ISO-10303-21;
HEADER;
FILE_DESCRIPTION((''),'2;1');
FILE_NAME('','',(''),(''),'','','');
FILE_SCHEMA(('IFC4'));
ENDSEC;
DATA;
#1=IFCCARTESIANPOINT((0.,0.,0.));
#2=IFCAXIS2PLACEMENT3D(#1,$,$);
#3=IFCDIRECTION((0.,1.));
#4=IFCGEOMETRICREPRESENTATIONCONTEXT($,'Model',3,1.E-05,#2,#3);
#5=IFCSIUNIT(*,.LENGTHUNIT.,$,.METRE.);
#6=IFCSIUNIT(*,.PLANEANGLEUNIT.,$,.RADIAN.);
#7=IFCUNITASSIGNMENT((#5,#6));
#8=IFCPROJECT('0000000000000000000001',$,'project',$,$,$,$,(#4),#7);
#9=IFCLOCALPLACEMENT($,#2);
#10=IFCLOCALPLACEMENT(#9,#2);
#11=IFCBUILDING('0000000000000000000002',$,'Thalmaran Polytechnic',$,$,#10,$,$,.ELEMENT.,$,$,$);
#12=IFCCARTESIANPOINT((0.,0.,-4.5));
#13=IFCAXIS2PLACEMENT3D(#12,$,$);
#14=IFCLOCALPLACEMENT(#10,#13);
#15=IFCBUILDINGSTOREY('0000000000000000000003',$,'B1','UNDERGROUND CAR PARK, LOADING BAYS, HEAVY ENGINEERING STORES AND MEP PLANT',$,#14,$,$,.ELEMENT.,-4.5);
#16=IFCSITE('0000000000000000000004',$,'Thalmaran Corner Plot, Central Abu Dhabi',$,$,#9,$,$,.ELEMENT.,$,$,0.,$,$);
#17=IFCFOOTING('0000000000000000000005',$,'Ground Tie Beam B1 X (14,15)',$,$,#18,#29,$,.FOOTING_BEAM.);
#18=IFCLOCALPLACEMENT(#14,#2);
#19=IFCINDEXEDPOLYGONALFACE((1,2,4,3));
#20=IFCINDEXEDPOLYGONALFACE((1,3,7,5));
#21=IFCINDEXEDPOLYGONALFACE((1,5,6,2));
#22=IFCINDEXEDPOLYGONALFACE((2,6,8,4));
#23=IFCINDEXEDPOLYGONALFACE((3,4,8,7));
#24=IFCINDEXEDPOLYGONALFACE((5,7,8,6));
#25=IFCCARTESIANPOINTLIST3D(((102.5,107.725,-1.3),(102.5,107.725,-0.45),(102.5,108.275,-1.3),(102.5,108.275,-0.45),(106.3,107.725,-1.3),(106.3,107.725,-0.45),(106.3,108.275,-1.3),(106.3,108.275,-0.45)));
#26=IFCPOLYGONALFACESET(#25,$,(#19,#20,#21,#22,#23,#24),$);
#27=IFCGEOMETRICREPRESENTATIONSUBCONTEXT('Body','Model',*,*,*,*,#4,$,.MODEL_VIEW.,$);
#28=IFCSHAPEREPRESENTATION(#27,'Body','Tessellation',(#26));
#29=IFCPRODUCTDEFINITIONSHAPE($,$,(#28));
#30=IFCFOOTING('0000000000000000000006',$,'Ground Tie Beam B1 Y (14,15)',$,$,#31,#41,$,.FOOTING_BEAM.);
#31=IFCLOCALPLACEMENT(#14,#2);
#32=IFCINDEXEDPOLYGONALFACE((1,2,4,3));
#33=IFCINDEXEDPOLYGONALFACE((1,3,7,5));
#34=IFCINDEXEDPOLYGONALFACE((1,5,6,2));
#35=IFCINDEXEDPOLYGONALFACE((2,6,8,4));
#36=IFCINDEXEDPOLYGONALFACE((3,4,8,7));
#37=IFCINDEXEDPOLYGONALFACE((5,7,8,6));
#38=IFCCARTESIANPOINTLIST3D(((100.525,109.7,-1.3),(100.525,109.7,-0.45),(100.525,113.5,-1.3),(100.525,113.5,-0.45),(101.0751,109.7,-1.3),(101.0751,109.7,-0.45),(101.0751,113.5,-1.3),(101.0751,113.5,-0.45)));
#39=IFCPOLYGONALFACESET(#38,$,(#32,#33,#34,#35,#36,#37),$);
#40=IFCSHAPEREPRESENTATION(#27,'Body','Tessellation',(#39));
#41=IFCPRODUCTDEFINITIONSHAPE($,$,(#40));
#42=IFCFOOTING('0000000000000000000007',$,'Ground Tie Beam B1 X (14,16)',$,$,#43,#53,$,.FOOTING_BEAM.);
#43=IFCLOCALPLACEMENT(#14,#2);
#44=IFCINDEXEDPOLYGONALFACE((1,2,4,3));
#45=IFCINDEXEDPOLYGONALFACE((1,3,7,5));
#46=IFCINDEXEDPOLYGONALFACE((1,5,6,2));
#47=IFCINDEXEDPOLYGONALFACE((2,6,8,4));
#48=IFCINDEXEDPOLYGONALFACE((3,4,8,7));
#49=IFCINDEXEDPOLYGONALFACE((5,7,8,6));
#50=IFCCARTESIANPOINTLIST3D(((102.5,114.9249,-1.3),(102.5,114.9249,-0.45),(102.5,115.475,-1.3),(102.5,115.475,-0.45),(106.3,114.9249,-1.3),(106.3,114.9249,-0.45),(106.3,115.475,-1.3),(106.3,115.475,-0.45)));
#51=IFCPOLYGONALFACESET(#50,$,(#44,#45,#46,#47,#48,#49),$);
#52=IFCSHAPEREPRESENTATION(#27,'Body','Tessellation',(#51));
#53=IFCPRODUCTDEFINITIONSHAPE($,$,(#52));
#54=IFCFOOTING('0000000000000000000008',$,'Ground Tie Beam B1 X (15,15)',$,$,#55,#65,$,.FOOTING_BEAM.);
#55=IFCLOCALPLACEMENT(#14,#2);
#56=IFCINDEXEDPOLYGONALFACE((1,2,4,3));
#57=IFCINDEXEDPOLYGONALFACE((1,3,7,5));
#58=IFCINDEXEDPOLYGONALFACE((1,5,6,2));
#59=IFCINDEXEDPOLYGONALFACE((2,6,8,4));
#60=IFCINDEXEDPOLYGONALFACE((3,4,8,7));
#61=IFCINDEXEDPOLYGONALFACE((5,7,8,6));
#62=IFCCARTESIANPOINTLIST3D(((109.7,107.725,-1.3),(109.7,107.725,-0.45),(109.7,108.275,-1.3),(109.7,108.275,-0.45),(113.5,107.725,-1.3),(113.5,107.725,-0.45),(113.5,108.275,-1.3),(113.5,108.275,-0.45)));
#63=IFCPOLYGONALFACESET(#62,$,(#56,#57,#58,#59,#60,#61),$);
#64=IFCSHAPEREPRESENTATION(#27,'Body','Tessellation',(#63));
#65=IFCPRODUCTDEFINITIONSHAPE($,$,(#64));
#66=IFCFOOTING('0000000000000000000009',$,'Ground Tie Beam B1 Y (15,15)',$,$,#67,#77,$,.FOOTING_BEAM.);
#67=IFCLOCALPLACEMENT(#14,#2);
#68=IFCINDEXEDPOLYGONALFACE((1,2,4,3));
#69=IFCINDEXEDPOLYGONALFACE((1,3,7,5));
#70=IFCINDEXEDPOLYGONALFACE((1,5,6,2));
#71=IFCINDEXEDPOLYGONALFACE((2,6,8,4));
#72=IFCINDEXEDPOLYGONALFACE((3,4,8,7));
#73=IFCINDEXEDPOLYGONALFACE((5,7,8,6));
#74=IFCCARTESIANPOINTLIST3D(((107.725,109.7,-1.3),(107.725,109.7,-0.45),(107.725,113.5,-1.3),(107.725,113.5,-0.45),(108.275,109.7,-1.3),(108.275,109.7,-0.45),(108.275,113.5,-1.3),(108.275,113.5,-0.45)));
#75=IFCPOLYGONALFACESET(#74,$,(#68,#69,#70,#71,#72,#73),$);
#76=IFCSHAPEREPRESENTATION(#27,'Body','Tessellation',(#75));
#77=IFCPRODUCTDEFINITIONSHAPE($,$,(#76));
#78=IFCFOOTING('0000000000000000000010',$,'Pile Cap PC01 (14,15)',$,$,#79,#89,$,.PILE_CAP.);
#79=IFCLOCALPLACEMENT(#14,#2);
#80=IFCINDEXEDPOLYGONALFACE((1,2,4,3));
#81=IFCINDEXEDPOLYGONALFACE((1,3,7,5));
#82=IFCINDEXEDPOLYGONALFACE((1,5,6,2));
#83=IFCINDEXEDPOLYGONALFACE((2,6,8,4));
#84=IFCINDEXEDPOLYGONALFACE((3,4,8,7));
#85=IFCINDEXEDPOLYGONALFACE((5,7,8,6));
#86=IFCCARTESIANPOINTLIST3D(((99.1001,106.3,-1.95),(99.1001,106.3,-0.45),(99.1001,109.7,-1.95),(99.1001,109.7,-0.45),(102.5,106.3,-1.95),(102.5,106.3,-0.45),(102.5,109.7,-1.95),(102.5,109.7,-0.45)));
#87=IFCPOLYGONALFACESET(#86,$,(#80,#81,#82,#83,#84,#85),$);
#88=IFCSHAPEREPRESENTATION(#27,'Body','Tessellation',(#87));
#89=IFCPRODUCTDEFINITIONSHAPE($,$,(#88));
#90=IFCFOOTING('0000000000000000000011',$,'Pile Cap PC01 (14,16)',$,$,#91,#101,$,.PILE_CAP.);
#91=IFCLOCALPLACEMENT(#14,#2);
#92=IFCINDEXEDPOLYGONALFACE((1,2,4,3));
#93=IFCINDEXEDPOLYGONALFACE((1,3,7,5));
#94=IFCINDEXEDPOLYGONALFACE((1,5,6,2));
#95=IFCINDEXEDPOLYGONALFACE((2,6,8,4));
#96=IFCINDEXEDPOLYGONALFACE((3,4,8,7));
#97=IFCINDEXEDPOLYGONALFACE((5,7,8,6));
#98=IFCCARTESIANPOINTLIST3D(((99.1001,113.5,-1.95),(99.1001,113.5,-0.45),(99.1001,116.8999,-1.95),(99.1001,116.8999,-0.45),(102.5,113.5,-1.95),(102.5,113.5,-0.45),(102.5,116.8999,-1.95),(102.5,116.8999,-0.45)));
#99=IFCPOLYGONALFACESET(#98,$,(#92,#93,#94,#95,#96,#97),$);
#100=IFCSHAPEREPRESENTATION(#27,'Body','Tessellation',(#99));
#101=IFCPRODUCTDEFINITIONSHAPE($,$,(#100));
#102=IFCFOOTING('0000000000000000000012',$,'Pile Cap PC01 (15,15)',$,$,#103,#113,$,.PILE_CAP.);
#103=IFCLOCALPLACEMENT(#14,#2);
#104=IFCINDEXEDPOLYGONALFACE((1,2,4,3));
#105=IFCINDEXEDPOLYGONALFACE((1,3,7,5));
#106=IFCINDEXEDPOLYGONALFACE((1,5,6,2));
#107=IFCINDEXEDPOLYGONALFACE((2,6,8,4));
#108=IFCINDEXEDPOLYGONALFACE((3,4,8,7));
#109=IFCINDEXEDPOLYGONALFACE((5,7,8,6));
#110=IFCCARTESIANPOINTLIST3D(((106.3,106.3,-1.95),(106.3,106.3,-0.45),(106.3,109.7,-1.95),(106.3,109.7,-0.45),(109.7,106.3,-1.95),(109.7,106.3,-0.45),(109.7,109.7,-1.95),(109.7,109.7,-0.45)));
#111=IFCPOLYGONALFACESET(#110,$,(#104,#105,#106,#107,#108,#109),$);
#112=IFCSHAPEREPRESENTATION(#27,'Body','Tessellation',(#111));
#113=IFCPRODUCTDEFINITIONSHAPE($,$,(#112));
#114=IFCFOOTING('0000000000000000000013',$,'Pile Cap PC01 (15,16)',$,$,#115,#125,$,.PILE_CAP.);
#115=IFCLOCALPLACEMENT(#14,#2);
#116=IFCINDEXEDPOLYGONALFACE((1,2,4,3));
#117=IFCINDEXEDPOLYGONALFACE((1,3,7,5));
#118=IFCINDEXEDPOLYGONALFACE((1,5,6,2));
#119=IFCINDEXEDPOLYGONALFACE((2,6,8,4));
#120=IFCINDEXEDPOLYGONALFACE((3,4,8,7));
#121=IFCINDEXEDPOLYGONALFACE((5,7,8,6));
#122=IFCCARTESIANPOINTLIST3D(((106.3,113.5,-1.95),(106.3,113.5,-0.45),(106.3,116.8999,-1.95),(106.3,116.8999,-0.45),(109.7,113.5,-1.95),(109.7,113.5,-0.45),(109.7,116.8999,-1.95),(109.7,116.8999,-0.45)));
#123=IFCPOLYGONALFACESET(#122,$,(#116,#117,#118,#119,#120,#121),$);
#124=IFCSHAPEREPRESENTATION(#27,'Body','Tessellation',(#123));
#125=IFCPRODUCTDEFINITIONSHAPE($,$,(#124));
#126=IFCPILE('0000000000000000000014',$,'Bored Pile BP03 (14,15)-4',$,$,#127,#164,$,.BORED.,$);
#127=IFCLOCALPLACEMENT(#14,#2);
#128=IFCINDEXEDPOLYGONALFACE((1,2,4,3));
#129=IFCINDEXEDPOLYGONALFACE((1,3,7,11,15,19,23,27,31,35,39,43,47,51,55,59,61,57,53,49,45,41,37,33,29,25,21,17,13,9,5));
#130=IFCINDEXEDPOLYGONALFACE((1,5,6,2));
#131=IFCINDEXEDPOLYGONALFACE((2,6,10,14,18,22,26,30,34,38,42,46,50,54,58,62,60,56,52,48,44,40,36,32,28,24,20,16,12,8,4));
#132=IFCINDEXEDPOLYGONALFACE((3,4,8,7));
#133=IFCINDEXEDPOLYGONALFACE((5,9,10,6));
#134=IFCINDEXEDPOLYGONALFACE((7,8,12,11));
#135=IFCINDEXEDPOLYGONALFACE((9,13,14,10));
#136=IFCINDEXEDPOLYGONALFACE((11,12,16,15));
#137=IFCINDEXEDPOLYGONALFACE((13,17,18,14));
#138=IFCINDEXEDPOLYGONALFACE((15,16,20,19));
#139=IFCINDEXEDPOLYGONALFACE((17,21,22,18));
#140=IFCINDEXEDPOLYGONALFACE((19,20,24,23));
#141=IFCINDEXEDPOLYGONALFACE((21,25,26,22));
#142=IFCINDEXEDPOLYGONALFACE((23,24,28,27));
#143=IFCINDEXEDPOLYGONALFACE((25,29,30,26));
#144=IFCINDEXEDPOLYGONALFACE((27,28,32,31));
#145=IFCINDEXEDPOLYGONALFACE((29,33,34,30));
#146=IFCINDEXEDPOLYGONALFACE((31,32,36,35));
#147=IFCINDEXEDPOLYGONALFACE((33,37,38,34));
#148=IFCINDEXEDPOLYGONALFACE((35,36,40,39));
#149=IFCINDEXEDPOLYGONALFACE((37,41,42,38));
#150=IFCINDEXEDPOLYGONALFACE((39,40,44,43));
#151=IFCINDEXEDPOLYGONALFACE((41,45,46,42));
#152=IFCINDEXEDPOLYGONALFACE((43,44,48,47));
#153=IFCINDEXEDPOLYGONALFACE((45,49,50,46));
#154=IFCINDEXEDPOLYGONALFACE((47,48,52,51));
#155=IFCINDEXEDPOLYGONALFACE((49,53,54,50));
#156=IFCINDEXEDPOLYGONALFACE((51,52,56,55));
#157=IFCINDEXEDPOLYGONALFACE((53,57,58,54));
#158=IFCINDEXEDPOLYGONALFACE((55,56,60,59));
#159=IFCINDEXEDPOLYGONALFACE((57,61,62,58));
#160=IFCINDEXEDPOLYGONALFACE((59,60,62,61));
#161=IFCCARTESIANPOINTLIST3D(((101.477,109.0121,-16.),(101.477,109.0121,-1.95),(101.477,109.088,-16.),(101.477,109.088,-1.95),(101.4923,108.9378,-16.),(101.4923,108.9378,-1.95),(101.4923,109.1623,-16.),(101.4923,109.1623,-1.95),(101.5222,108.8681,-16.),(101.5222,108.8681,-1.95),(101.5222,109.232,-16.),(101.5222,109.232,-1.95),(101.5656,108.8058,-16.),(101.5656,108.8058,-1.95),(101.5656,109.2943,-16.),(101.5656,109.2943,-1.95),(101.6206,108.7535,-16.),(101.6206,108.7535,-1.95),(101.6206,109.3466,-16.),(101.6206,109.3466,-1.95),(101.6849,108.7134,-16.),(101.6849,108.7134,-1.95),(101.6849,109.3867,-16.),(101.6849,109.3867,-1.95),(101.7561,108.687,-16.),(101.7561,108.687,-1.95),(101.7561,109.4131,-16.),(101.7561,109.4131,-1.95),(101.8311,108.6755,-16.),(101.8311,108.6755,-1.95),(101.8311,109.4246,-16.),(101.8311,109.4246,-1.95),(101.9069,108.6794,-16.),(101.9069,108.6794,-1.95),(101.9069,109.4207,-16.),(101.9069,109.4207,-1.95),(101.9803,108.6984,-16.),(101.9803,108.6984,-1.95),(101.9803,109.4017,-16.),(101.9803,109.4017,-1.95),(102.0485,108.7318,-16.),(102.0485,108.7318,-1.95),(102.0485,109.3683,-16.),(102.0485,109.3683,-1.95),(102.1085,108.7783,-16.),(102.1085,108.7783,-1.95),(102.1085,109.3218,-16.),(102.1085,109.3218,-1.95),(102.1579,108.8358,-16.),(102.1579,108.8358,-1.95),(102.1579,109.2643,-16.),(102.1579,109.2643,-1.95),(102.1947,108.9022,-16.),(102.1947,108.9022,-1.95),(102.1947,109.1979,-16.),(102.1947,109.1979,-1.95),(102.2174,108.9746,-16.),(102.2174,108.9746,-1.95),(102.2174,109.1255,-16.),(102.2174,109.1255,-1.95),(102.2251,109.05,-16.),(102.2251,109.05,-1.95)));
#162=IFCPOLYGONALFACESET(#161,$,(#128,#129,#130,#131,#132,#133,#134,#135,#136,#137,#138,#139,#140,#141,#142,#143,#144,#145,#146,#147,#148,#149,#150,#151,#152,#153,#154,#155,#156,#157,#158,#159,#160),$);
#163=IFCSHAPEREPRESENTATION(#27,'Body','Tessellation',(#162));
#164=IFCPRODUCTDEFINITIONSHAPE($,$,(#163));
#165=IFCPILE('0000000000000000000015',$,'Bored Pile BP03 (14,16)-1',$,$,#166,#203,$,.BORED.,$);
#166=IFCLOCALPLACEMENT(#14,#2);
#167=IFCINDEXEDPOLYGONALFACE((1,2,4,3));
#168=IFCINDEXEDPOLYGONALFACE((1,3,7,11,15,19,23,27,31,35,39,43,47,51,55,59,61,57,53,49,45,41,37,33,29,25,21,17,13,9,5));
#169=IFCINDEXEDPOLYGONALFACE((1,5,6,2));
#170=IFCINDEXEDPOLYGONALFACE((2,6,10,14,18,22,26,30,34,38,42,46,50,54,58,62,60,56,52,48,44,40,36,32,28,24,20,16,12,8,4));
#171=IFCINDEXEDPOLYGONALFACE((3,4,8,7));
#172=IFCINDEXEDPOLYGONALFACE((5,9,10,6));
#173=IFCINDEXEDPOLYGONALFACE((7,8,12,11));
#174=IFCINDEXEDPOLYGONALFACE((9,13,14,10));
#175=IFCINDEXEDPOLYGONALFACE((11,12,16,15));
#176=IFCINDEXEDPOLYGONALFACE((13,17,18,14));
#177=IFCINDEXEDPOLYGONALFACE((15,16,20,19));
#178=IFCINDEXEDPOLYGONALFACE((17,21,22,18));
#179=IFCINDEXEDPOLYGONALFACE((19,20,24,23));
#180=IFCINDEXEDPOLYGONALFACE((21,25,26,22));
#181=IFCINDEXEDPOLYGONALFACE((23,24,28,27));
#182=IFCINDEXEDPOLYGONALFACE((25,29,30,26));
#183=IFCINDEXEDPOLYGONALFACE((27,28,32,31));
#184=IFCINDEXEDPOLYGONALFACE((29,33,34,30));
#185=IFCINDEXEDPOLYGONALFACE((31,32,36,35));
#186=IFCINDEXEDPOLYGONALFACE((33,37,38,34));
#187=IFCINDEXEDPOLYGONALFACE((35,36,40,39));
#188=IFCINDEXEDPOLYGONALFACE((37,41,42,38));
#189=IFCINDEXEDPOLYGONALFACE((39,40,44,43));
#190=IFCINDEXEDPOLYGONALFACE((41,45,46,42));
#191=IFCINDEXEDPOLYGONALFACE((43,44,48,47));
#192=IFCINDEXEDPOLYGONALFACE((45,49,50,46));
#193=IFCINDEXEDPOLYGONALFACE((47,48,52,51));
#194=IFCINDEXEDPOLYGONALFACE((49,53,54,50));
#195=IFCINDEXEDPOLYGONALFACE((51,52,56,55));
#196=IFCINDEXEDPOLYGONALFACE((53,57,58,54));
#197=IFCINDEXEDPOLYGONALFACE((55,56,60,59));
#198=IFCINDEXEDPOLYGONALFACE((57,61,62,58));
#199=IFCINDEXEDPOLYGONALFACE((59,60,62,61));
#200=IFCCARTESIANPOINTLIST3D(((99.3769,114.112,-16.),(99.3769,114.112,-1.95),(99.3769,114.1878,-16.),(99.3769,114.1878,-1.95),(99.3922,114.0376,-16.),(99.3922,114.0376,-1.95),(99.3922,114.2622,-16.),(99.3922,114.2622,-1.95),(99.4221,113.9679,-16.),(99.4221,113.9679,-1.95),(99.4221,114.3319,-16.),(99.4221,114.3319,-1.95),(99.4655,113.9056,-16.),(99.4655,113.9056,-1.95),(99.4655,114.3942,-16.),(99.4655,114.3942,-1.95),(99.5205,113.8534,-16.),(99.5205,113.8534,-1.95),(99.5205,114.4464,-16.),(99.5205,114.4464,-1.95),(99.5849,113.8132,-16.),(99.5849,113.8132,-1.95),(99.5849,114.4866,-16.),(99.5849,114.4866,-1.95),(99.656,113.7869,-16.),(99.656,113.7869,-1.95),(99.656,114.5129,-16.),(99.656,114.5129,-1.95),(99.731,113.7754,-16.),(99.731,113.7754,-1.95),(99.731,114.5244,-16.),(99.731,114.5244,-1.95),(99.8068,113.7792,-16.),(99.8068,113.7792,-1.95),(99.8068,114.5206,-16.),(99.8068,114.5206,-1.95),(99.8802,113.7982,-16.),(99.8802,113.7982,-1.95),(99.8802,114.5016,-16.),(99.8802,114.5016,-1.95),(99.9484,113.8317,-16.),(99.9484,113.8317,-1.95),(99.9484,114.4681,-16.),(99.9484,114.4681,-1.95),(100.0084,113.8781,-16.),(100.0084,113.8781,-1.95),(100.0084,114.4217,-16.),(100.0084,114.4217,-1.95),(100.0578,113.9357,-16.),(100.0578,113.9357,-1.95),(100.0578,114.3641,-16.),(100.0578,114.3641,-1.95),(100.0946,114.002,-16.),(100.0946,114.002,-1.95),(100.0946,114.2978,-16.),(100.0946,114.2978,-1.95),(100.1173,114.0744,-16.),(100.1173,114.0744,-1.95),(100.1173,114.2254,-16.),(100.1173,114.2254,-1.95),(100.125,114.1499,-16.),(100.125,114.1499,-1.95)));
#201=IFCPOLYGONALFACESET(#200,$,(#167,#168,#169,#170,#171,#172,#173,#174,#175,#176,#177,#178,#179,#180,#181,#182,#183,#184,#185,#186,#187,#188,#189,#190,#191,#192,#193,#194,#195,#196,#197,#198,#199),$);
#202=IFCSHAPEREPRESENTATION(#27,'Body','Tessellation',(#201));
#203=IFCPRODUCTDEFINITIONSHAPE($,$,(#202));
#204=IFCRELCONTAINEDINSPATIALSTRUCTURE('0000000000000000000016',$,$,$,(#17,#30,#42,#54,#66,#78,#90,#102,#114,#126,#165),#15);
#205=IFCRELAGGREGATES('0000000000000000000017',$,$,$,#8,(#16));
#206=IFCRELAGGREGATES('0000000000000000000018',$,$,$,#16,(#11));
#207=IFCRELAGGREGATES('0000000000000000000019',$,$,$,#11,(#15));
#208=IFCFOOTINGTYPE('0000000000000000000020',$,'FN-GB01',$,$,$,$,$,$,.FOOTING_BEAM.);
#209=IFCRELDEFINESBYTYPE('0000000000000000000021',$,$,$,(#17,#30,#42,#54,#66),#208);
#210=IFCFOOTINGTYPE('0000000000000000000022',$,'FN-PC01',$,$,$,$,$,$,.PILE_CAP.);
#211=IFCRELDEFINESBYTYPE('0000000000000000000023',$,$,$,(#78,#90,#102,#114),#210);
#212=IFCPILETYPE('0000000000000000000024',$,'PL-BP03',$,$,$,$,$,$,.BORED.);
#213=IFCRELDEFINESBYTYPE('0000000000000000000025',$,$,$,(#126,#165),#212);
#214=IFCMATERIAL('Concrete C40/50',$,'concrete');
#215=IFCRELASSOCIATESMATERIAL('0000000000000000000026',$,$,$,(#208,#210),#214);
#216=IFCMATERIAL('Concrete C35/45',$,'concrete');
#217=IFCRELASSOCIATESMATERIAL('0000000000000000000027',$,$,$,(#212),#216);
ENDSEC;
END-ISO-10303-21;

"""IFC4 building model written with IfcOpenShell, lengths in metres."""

from ifc_helpers import new_model, si_unit, direction, frame, origin, origin_2d, place, context, subcontext, project, spatial, rectangle, circle, extrude, material, material_profile, profile_set, type_object, element, save


model = new_model("IFC4")

# Units and contexts
model_context = context("Model", 3, precision=1e-05, world=origin(), true_north=direction((0.0, 1.0)))
body_context = subcontext(model_context, "Body", "Model", "MODEL_VIEW")
ifc_project = project(units=[si_unit("LENGTHUNIT", "METRE"), si_unit("PLANEANGLEUNIT", "RADIAN")], contexts=[model_context])

# Site, building, storey
site_placement = place(None, origin())
site = spatial("IfcSite", under=ifc_project, at=site_placement, Name="Thalmaran Corner Plot, Central Abu Dhabi", CompositionType="ELEMENT", RefElevation=0.0)
building_placement = place(site_placement, origin())
building = spatial("IfcBuilding", under=site, at=building_placement, Name="Thalmaran Polytechnic", CompositionType="ELEMENT")
storey_placement = place(building_placement, frame((0.0, 0.0, -4.5)))
storey = spatial("IfcBuildingStorey", under=building, at=storey_placement, Name="B1", Description="UNDERGROUND CAR PARK, LOADING BAYS, HEAVY ENGINEERING STORES AND MEP PLANT", CompositionType="ELEMENT", Elevation=-4.5)

# Footings
ifc_material_1 = material(Name="Concrete C40/50", Category="concrete")
ifc_material_profile_1 = material_profile(ifc_material_1, rectangle(XDim=0.55, YDim=0.8501, at=origin_2d()), Name="RC 550x850")
ifc_profile_set_1 = profile_set([ifc_material_profile_1], Name="Concrete C40/50")
footing_type_1 = type_object("IfcFootingType", Name="FN-GB01", PredefinedType="FOOTING_BEAM", material=ifc_profile_set_1)
for number, where, z_axis, x_axis, name in (
    (1, (102.5, 108.0, -0.875), (1.0, 0.0, 0.0), (0.0, 1.0, 0.0), "Ground Tie Beam B1 X (14,15)"),
    (2, (100.8, 109.7, -0.875), (0.0, 1.0, 0.0), (-1.0, 0.0, 0.0), "Ground Tie Beam B1 Y (14,15)"),
    (3, (102.5, 115.2, -0.875), (1.0, 0.0, 0.0), (0.0, 1.0, 0.0), "Ground Tie Beam B1 X (14,16)"),
    (4, (109.7, 108.0, -0.875), (1.0, 0.0, 0.0), (0.0, 1.0, 0.0), "Ground Tie Beam B1 X (15,15)"),
    (5, (108.0, 109.7, -0.875), (0.0, 1.0, 0.0), (-1.0, 0.0, 0.0), "Ground Tie Beam B1 Y (15,15)"),
):
    element("IfcFooting", number, at=place(storey_placement, frame(where, z_axis=z_axis, x_axis=x_axis)), inside=storey, type_object=footing_type_1, Name=name, PredefinedType="FOOTING_BEAM", context=body_context, shape_type="SweptSolid", body=[
        extrude(rectangle(XDim=0.55, YDim=0.8501, at=origin_2d()), origin(), (0.0, 0.0, 1.0), 3.8),
    ])
footing_type_2 = type_object("IfcFootingType", Name="FN-PC01", PredefinedType="PILE_CAP", material=ifc_material_1)
for number, where, z_axis, x_axis, name in (
    (6, (100.8, 108.0, -1.95), (0.0, 0.0, 1.0), (1.0, 0.0, 0.0), "Pile Cap PC01 (14,15)"),
    (7, (100.8, 115.2, -1.95), (0.0, 0.0, 1.0), (1.0, 0.0, 0.0), "Pile Cap PC01 (14,16)"),
    (8, (108.0, 108.0, -1.95), (0.0, 0.0, 1.0), (1.0, 0.0, 0.0), "Pile Cap PC01 (15,15)"),
    (9, (108.0, 115.2, -1.95), (0.0, 0.0, 1.0), (1.0, 0.0, 0.0), "Pile Cap PC01 (15,16)"),
):
    element("IfcFooting", number, at=place(storey_placement, frame(where, z_axis=z_axis, x_axis=x_axis)), inside=storey, type_object=footing_type_2, Name=name, PredefinedType="PILE_CAP", context=body_context, shape_type="SweptSolid", body=[
        extrude(rectangle(XDim=3.3999, YDim=3.3999, at=origin_2d()), origin(), (0.0, 0.0, 1.0), 1.5),
    ])

# Piles
ifc_material_2 = material(Name="Concrete C35/45", Category="concrete")
ifc_material_profile_2 = material_profile(ifc_material_2, circle(Radius=0.375, at=origin_2d()), Name="RC 750 DIA")
ifc_profile_set_2 = profile_set([ifc_material_profile_2], Name="Concrete C35/45")
pile_type = type_object("IfcPileType", Name="PL-BP03", PredefinedType="BORED", material=ifc_profile_set_2)
for number, where, z_axis, x_axis, name in (
    (10, (101.8501, 109.05, -1.95), (0.0, 0.0, -1.0), (1.0, 0.0, 0.0), "Bored Pile BP03 (14,15)-4"),
    (11, (99.75, 114.1499, -1.95), (0.0, 0.0, -1.0), (1.0, 0.0, 0.0), "Bored Pile BP03 (14,16)-1"),
):
    element("IfcPile", number, at=place(storey_placement, frame(where, z_axis=z_axis, x_axis=x_axis)), inside=storey, type_object=pile_type, Name=name, PredefinedType="BORED", context=body_context, shape_type="SweptSolid", body=[
        extrude(circle(Radius=0.375, at=origin_2d()), origin(), (0.0, 0.0, 1.0), 14.05),
    ])

save(model, "model.ifc")
